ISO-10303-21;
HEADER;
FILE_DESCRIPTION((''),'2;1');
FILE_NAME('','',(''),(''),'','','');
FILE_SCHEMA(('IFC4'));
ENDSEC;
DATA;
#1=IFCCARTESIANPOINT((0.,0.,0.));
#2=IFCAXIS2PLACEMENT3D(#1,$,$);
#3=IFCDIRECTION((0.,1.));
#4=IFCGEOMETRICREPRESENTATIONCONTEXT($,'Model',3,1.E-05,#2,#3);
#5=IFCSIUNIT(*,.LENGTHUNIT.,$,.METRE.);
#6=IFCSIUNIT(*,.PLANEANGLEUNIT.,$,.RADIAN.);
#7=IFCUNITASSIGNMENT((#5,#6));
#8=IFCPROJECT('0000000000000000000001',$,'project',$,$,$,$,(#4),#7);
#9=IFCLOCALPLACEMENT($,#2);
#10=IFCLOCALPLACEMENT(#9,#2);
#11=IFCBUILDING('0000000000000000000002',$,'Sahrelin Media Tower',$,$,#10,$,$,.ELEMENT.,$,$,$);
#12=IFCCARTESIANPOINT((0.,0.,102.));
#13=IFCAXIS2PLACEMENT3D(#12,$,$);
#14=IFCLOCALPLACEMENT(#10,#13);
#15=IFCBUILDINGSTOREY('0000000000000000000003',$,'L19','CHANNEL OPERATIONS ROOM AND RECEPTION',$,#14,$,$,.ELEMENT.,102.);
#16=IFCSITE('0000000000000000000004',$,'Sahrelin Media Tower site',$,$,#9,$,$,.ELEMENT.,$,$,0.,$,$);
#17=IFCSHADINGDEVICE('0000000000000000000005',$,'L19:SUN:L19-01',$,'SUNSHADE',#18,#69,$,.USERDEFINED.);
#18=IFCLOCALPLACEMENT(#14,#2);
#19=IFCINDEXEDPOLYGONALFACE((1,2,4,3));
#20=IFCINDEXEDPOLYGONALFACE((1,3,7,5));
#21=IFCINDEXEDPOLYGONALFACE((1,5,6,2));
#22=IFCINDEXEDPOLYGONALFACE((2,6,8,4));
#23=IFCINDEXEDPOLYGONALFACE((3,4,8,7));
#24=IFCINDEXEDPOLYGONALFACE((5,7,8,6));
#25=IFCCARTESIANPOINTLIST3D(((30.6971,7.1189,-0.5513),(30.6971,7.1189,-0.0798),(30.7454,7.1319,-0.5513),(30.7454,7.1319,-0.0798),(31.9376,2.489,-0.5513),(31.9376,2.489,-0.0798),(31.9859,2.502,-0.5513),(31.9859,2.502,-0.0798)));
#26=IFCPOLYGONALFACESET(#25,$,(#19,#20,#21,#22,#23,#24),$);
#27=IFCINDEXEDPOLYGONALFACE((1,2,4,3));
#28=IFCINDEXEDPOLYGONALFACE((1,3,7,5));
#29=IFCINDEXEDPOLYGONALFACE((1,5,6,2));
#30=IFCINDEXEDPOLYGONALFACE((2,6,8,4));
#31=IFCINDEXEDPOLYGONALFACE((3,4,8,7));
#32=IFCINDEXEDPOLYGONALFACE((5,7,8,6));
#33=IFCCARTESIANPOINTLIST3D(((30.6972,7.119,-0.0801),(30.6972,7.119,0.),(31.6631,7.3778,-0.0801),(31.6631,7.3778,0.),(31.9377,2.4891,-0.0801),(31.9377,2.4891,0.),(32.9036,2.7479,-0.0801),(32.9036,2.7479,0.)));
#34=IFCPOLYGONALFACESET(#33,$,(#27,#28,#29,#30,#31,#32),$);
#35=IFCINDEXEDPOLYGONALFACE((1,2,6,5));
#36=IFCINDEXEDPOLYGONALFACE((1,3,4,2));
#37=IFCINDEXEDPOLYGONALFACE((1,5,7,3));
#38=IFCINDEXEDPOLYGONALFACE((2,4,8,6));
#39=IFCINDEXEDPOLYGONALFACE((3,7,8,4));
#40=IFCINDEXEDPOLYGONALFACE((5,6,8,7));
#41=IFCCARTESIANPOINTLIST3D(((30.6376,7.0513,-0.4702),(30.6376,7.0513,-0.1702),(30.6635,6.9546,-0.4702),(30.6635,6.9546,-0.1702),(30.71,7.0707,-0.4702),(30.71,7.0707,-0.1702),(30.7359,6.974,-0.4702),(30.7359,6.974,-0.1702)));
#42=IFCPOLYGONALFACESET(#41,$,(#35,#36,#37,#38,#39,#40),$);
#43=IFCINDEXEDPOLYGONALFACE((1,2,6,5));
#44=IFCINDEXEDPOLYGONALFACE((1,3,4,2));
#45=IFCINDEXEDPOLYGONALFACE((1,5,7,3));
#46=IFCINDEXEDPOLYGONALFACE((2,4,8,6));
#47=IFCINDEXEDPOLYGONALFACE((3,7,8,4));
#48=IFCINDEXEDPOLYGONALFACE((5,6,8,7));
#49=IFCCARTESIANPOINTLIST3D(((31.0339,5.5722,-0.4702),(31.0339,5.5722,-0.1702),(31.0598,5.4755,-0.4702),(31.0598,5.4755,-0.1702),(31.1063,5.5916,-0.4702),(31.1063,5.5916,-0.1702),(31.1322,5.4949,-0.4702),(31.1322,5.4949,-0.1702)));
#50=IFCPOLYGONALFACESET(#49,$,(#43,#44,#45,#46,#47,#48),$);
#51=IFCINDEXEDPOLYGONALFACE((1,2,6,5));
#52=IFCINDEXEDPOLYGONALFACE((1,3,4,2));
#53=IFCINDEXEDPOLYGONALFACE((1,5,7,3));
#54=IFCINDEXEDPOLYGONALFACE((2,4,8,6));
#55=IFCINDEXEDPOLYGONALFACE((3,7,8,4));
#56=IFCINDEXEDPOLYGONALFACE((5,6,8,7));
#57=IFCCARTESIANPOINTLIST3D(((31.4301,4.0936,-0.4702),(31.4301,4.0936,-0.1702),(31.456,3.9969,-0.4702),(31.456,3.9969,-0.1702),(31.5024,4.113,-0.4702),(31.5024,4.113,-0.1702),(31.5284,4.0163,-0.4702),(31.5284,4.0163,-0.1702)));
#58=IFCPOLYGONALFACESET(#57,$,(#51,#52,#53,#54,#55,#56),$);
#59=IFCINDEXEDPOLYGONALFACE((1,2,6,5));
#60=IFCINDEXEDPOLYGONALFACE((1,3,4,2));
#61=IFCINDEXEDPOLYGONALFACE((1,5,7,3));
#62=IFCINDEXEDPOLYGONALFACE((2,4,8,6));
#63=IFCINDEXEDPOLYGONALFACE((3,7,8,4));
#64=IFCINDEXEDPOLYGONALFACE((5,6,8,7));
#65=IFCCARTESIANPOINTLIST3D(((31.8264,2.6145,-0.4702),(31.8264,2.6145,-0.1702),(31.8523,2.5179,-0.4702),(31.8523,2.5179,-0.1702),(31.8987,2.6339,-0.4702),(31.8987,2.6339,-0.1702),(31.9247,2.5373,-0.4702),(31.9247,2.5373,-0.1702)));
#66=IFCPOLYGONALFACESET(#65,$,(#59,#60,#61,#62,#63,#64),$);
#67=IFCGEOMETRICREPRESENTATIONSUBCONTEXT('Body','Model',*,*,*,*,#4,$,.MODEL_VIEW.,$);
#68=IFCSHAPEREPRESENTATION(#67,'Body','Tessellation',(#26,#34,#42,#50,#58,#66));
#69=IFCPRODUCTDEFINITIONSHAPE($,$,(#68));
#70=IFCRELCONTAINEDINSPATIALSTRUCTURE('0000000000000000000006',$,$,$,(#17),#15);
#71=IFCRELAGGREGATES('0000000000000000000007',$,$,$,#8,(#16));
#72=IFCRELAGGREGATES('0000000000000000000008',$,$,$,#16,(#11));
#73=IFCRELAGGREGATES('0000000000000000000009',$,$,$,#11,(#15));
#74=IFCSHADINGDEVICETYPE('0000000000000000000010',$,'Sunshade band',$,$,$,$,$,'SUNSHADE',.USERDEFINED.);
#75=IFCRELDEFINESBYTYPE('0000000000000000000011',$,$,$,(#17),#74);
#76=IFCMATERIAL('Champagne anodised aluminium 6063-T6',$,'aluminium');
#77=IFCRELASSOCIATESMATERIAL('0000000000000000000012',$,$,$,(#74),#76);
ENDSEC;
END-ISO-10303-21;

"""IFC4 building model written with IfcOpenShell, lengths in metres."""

from ifc_helpers import new_model, si_unit, direction, frame, origin, origin_2d, place, context, subcontext, project, spatial, rectangle, extrude, material, type_object, element, save


model = new_model("IFC4")

# Units and contexts
model_context = context("Model", 3, precision=1e-05, world=origin(), true_north=direction((0.0, 1.0)))
body_context = subcontext(model_context, "Body", "Model", "MODEL_VIEW")
ifc_project = project(units=[si_unit("LENGTHUNIT", "METRE"), si_unit("PLANEANGLEUNIT", "RADIAN")], contexts=[model_context])

# Site, building, storey
site_placement = place(None, origin())
site = spatial("IfcSite", under=ifc_project, at=site_placement, Name="Sahrelin Media Tower site", CompositionType="ELEMENT", RefElevation=0.0)
building_placement = place(site_placement, origin())
building = spatial("IfcBuilding", under=site, at=building_placement, Name="Sahrelin Media Tower", CompositionType="ELEMENT")
storey_placement = place(building_placement, frame((0.0, 0.0, 102.0)))
storey = spatial("IfcBuildingStorey", under=building, at=storey_placement, Name="L19", Description="CHANNEL OPERATIONS ROOM AND RECEPTION", CompositionType="ELEMENT", Elevation=102.0)

# Shared definitions
ifc_material_1 = material(Name="Champagne anodised aluminium 6063-T6", Category="aluminium")

# Shading device
placement_1 = place(storey_placement, frame((31.2981, 4.7988, 0.0), z_axis=(0.0, 0.0, 1.0), x_axis=(0.258808, -0.965929, 0.0)))
shading_device_type_1 = type_object("IfcShadingDeviceType", Name="Sunshade band", ElementType="SUNSHADE", PredefinedType="USERDEFINED", material=ifc_material_1)
element("IfcShadingDevice", 1, at=placement_1, inside=storey, type_object=shading_device_type_1, Name="L19:SUN:L19-01", ObjectType="SUNSHADE", PredefinedType="USERDEFINED", context=body_context, shape_type="SweptSolid", body=[
    extrude(rectangle(XDim=4.7932, YDim=0.05, at=origin_2d()), frame((0.0, 0.0449, -0.5513)), (0.0, 0.0, 1.0), 0.4714),
    extrude(rectangle(XDim=4.7932, YDim=1.0, at=origin_2d()), frame((0.0, 0.52, -0.0801)), (0.0, 0.0, 1.0), 0.0801),
    extrude(rectangle(XDim=0.1001, YDim=0.075, at=origin_2d()), frame((-2.2966, -0.0176, -0.4702)), (0.0, 0.0, 1.0), 0.3),
    extrude(rectangle(XDim=0.1001, YDim=0.075, at=origin_2d()), frame((-0.7654, -0.0176, -0.4702)), (0.0, 0.0, 1.0), 0.3),
    extrude(rectangle(XDim=0.1001, YDim=0.075, at=origin_2d()), frame((0.7654, -0.0176, -0.4702)), (0.0, 0.0, 1.0), 0.3),
    extrude(rectangle(XDim=0.1001, YDim=0.075, at=origin_2d()), frame((2.2966, -0.0176, -0.4702)), (0.0, 0.0, 1.0), 0.3),
])

save(model, "model.ifc")
